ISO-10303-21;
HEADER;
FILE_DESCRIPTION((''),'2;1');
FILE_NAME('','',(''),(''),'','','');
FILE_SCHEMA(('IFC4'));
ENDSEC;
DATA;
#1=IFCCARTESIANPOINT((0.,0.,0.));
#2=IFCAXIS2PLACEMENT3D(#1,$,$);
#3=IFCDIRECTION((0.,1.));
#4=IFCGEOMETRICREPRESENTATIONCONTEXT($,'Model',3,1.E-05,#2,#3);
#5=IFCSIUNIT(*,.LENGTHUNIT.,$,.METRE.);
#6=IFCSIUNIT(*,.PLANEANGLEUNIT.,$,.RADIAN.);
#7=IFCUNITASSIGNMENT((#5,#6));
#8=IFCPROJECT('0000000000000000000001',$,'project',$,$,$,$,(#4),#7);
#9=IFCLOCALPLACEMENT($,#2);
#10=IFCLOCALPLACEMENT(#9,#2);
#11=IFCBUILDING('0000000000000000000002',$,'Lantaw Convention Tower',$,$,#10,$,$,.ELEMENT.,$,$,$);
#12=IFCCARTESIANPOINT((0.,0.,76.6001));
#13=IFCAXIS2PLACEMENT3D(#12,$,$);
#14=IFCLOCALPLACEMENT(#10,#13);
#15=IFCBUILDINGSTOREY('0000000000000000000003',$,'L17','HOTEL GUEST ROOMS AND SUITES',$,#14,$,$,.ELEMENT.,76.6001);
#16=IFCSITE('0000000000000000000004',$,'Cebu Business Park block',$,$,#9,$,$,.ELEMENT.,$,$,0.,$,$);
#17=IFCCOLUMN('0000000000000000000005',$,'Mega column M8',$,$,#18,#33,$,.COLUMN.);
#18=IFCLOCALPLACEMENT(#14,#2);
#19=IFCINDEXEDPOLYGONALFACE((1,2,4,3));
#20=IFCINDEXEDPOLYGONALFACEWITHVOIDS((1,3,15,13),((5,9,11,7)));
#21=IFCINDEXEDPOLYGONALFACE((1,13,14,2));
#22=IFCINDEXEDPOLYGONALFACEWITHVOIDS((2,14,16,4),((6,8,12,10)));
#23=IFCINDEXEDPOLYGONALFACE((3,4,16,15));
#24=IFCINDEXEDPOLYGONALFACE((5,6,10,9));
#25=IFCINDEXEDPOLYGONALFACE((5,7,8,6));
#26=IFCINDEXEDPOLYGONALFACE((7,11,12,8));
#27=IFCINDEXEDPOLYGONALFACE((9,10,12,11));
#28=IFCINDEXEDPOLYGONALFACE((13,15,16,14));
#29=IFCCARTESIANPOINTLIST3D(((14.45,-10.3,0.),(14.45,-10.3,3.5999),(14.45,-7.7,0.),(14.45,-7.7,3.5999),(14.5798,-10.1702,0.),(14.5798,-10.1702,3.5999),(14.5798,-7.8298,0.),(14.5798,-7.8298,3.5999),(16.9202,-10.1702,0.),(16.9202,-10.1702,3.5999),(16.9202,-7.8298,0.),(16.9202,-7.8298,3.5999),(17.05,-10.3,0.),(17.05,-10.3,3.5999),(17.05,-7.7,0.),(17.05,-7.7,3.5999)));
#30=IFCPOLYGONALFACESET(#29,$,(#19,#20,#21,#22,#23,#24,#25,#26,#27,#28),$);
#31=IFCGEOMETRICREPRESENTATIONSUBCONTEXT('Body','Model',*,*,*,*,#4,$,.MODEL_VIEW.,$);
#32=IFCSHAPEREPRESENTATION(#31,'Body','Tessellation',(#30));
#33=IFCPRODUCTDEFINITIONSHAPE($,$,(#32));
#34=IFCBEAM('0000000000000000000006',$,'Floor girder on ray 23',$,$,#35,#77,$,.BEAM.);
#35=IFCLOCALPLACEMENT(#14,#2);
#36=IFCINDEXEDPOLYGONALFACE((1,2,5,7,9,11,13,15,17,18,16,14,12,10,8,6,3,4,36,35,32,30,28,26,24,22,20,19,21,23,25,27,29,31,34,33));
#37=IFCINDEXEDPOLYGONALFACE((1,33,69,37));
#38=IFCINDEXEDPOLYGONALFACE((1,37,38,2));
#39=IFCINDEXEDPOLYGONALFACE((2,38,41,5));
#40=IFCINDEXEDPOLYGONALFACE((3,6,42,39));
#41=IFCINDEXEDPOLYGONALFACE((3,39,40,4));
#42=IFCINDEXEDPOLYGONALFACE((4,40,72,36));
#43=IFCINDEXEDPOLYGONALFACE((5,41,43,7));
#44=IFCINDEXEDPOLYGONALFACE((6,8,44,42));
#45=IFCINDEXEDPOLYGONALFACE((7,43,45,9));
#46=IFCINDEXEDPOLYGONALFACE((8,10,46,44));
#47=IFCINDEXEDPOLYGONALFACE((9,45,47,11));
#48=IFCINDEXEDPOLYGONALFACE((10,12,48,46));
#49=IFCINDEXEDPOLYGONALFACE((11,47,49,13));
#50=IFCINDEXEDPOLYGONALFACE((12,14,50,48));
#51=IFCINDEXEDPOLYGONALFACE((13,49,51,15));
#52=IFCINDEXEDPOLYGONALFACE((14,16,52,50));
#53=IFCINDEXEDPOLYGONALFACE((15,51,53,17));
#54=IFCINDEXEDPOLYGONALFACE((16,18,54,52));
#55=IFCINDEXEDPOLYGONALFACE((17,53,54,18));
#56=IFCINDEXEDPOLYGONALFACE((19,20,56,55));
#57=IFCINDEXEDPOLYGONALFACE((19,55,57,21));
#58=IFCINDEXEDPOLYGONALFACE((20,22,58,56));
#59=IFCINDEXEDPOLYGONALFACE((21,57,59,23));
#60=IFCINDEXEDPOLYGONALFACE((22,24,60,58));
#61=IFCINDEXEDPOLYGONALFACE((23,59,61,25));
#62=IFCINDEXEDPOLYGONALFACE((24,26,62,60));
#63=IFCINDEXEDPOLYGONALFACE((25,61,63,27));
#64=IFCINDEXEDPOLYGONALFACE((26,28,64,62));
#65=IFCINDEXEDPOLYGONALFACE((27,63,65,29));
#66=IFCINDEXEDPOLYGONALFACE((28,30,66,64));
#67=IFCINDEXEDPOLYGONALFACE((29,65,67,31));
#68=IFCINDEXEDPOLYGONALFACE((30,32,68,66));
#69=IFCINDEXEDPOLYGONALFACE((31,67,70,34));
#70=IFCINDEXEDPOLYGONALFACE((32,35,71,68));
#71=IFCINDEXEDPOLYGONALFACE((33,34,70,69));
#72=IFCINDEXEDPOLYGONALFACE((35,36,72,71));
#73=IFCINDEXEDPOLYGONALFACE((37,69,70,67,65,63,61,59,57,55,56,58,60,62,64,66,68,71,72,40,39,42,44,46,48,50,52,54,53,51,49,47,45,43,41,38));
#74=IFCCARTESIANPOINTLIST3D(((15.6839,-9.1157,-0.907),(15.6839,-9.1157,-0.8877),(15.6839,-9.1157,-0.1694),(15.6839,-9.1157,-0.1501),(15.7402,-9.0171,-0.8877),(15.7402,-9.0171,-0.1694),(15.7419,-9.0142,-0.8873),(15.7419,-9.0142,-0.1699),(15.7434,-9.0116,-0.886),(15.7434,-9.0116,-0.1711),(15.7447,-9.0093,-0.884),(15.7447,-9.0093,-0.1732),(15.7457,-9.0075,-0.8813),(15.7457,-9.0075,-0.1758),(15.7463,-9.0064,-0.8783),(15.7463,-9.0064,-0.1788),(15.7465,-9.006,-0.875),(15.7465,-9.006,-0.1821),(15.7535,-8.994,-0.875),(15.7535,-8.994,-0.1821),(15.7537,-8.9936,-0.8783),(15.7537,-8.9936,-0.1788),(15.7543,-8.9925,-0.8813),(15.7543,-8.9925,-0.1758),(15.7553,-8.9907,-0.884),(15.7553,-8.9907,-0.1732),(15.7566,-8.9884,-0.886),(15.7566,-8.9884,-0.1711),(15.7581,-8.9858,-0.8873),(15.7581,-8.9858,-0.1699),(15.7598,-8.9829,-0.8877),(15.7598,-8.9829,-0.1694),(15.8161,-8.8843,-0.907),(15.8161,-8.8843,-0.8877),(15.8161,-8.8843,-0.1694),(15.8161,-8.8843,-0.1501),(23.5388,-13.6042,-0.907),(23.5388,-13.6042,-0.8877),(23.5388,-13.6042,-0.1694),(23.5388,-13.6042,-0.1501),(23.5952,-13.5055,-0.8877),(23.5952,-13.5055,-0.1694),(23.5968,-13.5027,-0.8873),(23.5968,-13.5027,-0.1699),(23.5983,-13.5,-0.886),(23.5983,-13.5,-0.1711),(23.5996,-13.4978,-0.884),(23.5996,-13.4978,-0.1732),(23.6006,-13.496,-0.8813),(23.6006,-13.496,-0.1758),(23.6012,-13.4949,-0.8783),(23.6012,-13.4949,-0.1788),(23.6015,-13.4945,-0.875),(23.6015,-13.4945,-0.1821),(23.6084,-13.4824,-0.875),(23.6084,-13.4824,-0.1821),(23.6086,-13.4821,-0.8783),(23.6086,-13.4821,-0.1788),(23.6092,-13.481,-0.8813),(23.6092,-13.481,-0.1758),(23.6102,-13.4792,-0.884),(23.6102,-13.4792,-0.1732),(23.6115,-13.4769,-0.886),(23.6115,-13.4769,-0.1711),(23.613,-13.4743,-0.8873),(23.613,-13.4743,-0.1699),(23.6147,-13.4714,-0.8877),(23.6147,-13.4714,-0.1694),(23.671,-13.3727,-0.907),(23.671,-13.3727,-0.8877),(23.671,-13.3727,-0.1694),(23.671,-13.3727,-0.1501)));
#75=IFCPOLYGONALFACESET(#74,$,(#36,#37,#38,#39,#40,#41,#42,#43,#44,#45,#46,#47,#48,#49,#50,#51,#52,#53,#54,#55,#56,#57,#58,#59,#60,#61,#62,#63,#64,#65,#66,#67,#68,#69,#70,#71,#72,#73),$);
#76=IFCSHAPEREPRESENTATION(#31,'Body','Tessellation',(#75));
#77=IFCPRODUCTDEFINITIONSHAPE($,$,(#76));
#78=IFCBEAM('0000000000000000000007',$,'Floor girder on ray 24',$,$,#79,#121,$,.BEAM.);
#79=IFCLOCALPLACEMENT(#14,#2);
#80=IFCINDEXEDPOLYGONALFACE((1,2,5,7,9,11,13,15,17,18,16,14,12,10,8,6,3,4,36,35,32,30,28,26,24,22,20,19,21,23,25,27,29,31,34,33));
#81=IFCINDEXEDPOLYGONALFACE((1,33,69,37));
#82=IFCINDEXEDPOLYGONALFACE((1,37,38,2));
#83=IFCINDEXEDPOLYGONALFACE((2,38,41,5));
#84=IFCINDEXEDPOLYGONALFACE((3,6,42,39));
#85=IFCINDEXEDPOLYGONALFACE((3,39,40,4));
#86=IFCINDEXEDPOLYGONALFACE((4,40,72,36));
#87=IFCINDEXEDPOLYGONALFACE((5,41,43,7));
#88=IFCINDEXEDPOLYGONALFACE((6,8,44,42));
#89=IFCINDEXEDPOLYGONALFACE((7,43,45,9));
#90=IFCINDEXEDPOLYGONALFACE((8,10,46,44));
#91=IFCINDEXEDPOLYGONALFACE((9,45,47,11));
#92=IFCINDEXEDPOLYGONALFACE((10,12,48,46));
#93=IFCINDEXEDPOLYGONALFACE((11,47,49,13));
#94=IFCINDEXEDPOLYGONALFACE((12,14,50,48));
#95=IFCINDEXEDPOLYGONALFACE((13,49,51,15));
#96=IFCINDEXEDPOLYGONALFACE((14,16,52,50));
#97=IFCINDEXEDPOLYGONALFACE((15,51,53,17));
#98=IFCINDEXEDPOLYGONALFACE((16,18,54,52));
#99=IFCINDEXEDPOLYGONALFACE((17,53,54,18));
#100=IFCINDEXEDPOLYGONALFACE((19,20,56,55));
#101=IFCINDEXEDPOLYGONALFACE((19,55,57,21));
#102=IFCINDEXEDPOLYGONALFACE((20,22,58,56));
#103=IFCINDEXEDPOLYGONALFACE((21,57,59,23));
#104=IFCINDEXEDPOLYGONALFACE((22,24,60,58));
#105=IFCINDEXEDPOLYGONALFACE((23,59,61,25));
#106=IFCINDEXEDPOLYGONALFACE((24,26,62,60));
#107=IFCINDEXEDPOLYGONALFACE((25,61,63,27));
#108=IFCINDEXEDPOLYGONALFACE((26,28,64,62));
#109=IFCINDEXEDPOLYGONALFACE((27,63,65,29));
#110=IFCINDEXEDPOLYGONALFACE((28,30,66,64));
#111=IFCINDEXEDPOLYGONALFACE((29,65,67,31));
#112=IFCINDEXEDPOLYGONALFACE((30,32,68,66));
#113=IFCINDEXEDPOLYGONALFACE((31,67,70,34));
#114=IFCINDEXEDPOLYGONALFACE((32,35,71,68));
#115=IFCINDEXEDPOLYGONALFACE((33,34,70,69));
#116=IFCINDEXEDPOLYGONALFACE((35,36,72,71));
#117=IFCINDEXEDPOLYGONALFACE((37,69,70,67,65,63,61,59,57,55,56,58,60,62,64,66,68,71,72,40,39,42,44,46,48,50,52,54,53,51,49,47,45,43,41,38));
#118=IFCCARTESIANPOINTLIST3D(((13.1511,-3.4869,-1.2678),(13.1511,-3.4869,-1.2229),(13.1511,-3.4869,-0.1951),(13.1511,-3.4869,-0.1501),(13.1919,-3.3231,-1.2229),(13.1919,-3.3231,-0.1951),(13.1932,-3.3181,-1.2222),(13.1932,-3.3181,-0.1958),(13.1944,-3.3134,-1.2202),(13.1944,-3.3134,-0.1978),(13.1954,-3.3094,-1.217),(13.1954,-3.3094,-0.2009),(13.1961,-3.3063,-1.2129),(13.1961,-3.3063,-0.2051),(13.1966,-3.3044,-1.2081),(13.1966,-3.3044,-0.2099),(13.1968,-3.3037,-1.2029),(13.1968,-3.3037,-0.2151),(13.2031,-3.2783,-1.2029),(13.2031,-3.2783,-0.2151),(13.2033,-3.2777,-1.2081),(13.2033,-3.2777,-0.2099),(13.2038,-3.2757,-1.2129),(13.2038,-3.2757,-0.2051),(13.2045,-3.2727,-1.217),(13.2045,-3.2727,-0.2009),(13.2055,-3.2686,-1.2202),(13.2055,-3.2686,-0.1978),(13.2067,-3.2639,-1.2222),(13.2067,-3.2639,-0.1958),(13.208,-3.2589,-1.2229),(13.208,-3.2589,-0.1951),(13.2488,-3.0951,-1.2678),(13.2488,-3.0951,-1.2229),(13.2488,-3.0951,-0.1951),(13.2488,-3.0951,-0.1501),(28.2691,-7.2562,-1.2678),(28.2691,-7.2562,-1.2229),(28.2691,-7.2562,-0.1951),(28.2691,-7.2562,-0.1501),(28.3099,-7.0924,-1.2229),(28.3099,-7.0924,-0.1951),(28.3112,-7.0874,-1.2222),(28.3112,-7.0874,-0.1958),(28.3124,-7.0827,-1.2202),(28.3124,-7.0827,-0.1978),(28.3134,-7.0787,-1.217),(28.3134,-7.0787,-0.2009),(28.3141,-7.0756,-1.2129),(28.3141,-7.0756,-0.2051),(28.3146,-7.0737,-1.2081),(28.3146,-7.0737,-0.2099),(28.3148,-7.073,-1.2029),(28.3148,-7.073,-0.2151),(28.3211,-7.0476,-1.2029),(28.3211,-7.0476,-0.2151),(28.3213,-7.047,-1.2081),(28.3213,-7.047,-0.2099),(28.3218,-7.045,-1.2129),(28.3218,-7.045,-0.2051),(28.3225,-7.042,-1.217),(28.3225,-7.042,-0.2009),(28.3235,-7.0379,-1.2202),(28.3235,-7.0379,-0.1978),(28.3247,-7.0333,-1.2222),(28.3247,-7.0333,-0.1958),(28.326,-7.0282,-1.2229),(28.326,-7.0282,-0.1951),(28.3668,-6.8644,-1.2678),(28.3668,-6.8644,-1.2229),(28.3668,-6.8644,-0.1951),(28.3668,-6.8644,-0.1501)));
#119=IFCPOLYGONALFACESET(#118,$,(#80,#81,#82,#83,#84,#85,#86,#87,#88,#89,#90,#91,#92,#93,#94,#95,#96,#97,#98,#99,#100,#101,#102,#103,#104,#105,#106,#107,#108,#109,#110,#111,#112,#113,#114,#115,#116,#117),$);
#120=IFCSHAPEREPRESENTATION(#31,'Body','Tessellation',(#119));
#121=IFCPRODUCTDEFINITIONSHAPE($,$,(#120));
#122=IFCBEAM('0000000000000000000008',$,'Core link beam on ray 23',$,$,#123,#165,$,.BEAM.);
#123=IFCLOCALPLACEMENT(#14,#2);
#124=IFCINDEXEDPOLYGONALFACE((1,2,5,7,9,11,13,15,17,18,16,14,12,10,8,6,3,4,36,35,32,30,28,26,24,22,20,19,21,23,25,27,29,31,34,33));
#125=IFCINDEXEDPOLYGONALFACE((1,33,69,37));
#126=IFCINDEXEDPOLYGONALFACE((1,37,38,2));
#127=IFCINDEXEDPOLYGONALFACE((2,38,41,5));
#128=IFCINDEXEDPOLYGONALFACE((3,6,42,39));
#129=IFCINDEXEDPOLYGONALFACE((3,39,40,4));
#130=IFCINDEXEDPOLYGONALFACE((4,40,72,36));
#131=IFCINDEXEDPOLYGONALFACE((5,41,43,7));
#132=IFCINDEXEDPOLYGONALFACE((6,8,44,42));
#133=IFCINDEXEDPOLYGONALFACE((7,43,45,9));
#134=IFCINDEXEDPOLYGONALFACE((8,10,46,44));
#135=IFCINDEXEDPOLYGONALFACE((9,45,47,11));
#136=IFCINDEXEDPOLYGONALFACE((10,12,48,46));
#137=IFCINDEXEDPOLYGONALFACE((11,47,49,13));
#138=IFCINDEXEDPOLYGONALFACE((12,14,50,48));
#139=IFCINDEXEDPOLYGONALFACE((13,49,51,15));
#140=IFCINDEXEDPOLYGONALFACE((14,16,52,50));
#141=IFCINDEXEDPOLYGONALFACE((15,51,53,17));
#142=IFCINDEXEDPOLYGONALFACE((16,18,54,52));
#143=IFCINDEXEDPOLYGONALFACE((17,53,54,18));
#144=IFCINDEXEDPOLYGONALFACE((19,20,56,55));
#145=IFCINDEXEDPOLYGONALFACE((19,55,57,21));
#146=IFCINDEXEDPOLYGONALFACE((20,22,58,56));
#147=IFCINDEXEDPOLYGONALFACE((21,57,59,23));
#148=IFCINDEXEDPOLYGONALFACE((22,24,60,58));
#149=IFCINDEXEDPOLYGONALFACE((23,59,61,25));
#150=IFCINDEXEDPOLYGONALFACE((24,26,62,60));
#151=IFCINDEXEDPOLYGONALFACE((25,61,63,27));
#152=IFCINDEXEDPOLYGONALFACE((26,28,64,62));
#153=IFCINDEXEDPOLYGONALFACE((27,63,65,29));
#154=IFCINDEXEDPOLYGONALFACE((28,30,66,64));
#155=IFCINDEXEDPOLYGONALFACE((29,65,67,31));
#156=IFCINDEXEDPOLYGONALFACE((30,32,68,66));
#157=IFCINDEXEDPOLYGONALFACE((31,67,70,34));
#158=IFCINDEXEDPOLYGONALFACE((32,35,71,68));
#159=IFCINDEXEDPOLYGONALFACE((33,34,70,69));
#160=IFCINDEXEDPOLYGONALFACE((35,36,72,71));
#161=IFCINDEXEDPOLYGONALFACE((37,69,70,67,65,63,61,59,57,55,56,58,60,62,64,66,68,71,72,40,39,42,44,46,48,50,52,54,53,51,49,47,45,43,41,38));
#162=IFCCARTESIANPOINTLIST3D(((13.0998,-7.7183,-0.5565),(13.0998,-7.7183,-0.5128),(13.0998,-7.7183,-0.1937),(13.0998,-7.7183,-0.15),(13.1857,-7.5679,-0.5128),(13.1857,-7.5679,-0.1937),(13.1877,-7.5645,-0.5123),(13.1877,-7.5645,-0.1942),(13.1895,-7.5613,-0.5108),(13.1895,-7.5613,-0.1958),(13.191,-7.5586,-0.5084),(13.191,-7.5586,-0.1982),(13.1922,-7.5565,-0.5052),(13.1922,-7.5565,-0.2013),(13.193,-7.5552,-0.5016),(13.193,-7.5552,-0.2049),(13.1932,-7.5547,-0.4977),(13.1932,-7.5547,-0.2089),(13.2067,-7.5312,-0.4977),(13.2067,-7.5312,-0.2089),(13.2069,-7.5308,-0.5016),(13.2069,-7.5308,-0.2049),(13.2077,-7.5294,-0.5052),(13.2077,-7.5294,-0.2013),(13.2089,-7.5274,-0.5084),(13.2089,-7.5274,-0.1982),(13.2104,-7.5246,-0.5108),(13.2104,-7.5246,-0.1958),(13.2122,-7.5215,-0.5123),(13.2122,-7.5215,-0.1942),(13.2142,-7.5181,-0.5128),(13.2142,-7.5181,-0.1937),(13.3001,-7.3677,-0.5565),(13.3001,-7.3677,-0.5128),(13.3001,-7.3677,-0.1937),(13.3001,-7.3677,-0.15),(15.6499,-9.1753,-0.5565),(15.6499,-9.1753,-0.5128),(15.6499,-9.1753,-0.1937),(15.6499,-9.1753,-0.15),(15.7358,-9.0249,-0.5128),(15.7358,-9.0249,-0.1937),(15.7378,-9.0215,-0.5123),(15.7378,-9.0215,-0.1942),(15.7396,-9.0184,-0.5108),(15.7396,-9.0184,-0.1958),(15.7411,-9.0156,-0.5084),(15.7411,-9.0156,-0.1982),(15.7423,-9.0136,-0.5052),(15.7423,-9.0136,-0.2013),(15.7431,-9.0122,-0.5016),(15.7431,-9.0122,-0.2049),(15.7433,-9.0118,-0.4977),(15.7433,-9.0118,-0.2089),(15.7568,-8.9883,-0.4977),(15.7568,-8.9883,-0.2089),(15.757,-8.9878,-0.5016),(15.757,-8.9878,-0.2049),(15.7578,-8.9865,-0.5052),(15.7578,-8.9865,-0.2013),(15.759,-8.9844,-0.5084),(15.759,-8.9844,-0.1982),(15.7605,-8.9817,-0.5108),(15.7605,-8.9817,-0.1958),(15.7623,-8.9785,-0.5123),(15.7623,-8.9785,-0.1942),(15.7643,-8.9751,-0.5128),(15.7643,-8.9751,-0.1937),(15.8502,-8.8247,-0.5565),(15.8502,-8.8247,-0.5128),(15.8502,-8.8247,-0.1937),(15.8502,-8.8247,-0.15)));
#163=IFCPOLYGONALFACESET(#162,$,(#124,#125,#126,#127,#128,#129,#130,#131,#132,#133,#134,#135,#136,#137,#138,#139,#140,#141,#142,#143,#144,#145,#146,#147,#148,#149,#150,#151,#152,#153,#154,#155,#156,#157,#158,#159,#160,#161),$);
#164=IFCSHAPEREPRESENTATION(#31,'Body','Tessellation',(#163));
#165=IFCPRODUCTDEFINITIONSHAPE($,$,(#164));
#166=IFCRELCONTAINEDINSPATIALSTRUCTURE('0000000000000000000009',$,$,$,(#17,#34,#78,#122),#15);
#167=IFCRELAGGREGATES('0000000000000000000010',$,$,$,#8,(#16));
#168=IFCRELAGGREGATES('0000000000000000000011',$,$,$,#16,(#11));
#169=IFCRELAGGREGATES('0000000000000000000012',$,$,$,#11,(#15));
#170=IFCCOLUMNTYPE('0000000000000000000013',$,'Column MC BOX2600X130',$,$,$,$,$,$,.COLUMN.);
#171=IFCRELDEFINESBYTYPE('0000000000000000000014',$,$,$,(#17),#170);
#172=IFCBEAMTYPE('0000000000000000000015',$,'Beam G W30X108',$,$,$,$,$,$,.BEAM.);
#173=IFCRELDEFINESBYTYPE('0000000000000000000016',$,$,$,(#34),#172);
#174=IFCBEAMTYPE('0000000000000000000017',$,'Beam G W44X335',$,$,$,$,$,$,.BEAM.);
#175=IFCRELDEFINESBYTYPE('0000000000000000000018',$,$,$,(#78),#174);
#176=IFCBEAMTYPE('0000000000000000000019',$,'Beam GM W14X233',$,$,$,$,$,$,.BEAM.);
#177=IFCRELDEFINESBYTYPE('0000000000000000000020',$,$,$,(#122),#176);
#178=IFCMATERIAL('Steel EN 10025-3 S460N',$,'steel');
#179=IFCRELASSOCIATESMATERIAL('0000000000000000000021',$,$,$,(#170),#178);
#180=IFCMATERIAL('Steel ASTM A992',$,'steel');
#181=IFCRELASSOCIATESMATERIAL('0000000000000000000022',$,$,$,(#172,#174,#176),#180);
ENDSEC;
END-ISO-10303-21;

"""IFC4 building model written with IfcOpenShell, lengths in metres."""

from ifc_helpers import new_model, si_unit, direction, frame, origin, origin_2d, place, context, subcontext, project, spatial, rectangle, hollow_rectangle, i_section, extrude, material, material_profile, profile_set, type_object, element, save


model = new_model("IFC4")

# Units and contexts
model_context = context("Model", 3, precision=1e-05, world=origin(), true_north=direction((0.0, 1.0)))
body_context = subcontext(model_context, "Body", "Model", "MODEL_VIEW")
ifc_project = project(units=[si_unit("LENGTHUNIT", "METRE"), si_unit("PLANEANGLEUNIT", "RADIAN")], contexts=[model_context])

# Site, building, storey
site_placement = place(None, origin())
site = spatial("IfcSite", under=ifc_project, at=site_placement, Name="Cebu Business Park block", CompositionType="ELEMENT", RefElevation=0.0)
building_placement = place(site_placement, origin())
building = spatial("IfcBuilding", under=site, at=building_placement, Name="Lantaw Convention Tower", CompositionType="ELEMENT")
storey_placement = place(building_placement, frame((0.0, 0.0, 76.6001)))
storey = spatial("IfcBuildingStorey", under=building, at=storey_placement, Name="L17", Description="HOTEL GUEST ROOMS AND SUITES", CompositionType="ELEMENT", Elevation=76.6001)

# Column
ifc_material_1 = material(Name="Steel EN 10025-3 S460N", Category="steel")
ifc_material_profile_1 = material_profile(ifc_material_1, hollow_rectangle(XDim=2.6001, YDim=2.6001, WallThickness=0.1299, at=origin_2d()), Name="BOX2600X130")
ifc_material_2 = material(Name="Concrete C60/75", Category="concrete")
ifc_material_profile_2 = material_profile(ifc_material_2, rectangle(XDim=2.3401, YDim=2.3401, at=origin_2d()), Name="Concrete fill of BOX2600X130")
ifc_profile_set_1 = profile_set([ifc_material_profile_1, ifc_material_profile_2], Name="Steel EN 10025-3 S460N")
column_type = type_object("IfcColumnType", Name="Column MC BOX2600X130", PredefinedType="COLUMN", material=ifc_profile_set_1)
column_placement = place(storey_placement, frame((15.75, -9.0, 0.0), z_axis=(0.0, 0.0, 1.0), x_axis=(1.0, 0.0, 0.0)))
element("IfcColumn", 1, at=column_placement, inside=storey, type_object=column_type, Name="Mega column M8", PredefinedType="COLUMN", context=body_context, shape_type="SweptSolid", body=[
    extrude(hollow_rectangle(XDim=2.6001, YDim=2.6001, WallThickness=0.1299, at=origin_2d()), origin(), (0.0, 0.0, 1.0), 3.5999),
])

# Beams
ifc_material_3 = material(Name="Steel ASTM A992", Category="steel")
ifc_material_profile_3 = material_profile(ifc_material_3, i_section(OverallWidth=0.2666, OverallDepth=0.7568, WebThickness=0.0139, FlangeThickness=0.0193, FilletRadius=0.0127, at=origin_2d()), Name="W30X108")
ifc_profile_set_2 = profile_set([ifc_material_profile_3], Name="Steel ASTM A992")
beam_type_1 = type_object("IfcBeamType", Name="Beam G W30X108", PredefinedType="BEAM", material=ifc_profile_set_2)
beam_1_placement = place(storey_placement, frame((15.75, -9.0, -0.5286), z_axis=(0.868245, -0.496136, 0.0), x_axis=(0.496136, 0.868245, 0.0)))
element("IfcBeam", 2, at=beam_1_placement, inside=storey, type_object=beam_type_1, Name="Floor girder on ray 23", PredefinedType="BEAM", context=body_context, shape_type="SweptSolid", body=[
    extrude(i_section(OverallWidth=0.2666, OverallDepth=0.7568, WebThickness=0.0139, FlangeThickness=0.0193, FilletRadius=0.0127, at=origin_2d()), origin(), (0.0, 0.0, 1.0), 9.0469),
])
ifc_material_profile_4 = material_profile(ifc_material_3, i_section(OverallWidth=0.4038, OverallDepth=1.1177, WebThickness=0.0261, FlangeThickness=0.0449, FilletRadius=0.02, at=origin_2d()), Name="W44X335")
ifc_profile_set_3 = profile_set([ifc_material_profile_4], Name="Steel ASTM A992")
beam_type_2 = type_object("IfcBeamType", Name="Beam G W44X335", PredefinedType="BEAM", material=ifc_profile_set_3)
beam_2_placement = place(storey_placement, frame((13.2, -3.291, -0.709), z_axis=(0.970296, -0.24192, 0.0), x_axis=(0.24192, 0.970296, 0.0)))
element("IfcBeam", 3, at=beam_2_placement, inside=storey, type_object=beam_type_2, Name="Floor girder on ray 24", PredefinedType="BEAM", context=body_context, shape_type="SweptSolid", body=[
    extrude(i_section(OverallWidth=0.4038, OverallDepth=1.1177, WebThickness=0.0261, FlangeThickness=0.0449, FilletRadius=0.02, at=origin_2d()), origin(), (0.0, 0.0, 1.0), 15.5808),
])
ifc_material_profile_5 = material_profile(ifc_material_3, i_section(OverallWidth=0.4038, OverallDepth=0.4065, WebThickness=0.0271, FlangeThickness=0.0437, FilletRadius=0.0151, at=origin_2d()), Name="W14X233")
ifc_profile_set_4 = profile_set([ifc_material_profile_5], Name="Steel ASTM A992")
beam_type_3 = type_object("IfcBeamType", Name="Beam GM W14X233", PredefinedType="BEAM", material=ifc_profile_set_4)
beam_3_placement = place(storey_placement, frame((13.2, -7.543, -0.3533), z_axis=(0.868264, -0.496103, 0.0), x_axis=(0.496103, 0.868264, 0.0)))
element("IfcBeam", 4, at=beam_3_placement, inside=storey, type_object=beam_type_3, Name="Core link beam on ray 23", PredefinedType="BEAM", context=body_context, shape_type="SweptSolid", body=[
    extrude(i_section(OverallWidth=0.4038, OverallDepth=0.4065, WebThickness=0.0271, FlangeThickness=0.0437, FilletRadius=0.0151, at=origin_2d()), origin(), (0.0, 0.0, 1.0), 2.937),
])

save(model, "model.ifc")
